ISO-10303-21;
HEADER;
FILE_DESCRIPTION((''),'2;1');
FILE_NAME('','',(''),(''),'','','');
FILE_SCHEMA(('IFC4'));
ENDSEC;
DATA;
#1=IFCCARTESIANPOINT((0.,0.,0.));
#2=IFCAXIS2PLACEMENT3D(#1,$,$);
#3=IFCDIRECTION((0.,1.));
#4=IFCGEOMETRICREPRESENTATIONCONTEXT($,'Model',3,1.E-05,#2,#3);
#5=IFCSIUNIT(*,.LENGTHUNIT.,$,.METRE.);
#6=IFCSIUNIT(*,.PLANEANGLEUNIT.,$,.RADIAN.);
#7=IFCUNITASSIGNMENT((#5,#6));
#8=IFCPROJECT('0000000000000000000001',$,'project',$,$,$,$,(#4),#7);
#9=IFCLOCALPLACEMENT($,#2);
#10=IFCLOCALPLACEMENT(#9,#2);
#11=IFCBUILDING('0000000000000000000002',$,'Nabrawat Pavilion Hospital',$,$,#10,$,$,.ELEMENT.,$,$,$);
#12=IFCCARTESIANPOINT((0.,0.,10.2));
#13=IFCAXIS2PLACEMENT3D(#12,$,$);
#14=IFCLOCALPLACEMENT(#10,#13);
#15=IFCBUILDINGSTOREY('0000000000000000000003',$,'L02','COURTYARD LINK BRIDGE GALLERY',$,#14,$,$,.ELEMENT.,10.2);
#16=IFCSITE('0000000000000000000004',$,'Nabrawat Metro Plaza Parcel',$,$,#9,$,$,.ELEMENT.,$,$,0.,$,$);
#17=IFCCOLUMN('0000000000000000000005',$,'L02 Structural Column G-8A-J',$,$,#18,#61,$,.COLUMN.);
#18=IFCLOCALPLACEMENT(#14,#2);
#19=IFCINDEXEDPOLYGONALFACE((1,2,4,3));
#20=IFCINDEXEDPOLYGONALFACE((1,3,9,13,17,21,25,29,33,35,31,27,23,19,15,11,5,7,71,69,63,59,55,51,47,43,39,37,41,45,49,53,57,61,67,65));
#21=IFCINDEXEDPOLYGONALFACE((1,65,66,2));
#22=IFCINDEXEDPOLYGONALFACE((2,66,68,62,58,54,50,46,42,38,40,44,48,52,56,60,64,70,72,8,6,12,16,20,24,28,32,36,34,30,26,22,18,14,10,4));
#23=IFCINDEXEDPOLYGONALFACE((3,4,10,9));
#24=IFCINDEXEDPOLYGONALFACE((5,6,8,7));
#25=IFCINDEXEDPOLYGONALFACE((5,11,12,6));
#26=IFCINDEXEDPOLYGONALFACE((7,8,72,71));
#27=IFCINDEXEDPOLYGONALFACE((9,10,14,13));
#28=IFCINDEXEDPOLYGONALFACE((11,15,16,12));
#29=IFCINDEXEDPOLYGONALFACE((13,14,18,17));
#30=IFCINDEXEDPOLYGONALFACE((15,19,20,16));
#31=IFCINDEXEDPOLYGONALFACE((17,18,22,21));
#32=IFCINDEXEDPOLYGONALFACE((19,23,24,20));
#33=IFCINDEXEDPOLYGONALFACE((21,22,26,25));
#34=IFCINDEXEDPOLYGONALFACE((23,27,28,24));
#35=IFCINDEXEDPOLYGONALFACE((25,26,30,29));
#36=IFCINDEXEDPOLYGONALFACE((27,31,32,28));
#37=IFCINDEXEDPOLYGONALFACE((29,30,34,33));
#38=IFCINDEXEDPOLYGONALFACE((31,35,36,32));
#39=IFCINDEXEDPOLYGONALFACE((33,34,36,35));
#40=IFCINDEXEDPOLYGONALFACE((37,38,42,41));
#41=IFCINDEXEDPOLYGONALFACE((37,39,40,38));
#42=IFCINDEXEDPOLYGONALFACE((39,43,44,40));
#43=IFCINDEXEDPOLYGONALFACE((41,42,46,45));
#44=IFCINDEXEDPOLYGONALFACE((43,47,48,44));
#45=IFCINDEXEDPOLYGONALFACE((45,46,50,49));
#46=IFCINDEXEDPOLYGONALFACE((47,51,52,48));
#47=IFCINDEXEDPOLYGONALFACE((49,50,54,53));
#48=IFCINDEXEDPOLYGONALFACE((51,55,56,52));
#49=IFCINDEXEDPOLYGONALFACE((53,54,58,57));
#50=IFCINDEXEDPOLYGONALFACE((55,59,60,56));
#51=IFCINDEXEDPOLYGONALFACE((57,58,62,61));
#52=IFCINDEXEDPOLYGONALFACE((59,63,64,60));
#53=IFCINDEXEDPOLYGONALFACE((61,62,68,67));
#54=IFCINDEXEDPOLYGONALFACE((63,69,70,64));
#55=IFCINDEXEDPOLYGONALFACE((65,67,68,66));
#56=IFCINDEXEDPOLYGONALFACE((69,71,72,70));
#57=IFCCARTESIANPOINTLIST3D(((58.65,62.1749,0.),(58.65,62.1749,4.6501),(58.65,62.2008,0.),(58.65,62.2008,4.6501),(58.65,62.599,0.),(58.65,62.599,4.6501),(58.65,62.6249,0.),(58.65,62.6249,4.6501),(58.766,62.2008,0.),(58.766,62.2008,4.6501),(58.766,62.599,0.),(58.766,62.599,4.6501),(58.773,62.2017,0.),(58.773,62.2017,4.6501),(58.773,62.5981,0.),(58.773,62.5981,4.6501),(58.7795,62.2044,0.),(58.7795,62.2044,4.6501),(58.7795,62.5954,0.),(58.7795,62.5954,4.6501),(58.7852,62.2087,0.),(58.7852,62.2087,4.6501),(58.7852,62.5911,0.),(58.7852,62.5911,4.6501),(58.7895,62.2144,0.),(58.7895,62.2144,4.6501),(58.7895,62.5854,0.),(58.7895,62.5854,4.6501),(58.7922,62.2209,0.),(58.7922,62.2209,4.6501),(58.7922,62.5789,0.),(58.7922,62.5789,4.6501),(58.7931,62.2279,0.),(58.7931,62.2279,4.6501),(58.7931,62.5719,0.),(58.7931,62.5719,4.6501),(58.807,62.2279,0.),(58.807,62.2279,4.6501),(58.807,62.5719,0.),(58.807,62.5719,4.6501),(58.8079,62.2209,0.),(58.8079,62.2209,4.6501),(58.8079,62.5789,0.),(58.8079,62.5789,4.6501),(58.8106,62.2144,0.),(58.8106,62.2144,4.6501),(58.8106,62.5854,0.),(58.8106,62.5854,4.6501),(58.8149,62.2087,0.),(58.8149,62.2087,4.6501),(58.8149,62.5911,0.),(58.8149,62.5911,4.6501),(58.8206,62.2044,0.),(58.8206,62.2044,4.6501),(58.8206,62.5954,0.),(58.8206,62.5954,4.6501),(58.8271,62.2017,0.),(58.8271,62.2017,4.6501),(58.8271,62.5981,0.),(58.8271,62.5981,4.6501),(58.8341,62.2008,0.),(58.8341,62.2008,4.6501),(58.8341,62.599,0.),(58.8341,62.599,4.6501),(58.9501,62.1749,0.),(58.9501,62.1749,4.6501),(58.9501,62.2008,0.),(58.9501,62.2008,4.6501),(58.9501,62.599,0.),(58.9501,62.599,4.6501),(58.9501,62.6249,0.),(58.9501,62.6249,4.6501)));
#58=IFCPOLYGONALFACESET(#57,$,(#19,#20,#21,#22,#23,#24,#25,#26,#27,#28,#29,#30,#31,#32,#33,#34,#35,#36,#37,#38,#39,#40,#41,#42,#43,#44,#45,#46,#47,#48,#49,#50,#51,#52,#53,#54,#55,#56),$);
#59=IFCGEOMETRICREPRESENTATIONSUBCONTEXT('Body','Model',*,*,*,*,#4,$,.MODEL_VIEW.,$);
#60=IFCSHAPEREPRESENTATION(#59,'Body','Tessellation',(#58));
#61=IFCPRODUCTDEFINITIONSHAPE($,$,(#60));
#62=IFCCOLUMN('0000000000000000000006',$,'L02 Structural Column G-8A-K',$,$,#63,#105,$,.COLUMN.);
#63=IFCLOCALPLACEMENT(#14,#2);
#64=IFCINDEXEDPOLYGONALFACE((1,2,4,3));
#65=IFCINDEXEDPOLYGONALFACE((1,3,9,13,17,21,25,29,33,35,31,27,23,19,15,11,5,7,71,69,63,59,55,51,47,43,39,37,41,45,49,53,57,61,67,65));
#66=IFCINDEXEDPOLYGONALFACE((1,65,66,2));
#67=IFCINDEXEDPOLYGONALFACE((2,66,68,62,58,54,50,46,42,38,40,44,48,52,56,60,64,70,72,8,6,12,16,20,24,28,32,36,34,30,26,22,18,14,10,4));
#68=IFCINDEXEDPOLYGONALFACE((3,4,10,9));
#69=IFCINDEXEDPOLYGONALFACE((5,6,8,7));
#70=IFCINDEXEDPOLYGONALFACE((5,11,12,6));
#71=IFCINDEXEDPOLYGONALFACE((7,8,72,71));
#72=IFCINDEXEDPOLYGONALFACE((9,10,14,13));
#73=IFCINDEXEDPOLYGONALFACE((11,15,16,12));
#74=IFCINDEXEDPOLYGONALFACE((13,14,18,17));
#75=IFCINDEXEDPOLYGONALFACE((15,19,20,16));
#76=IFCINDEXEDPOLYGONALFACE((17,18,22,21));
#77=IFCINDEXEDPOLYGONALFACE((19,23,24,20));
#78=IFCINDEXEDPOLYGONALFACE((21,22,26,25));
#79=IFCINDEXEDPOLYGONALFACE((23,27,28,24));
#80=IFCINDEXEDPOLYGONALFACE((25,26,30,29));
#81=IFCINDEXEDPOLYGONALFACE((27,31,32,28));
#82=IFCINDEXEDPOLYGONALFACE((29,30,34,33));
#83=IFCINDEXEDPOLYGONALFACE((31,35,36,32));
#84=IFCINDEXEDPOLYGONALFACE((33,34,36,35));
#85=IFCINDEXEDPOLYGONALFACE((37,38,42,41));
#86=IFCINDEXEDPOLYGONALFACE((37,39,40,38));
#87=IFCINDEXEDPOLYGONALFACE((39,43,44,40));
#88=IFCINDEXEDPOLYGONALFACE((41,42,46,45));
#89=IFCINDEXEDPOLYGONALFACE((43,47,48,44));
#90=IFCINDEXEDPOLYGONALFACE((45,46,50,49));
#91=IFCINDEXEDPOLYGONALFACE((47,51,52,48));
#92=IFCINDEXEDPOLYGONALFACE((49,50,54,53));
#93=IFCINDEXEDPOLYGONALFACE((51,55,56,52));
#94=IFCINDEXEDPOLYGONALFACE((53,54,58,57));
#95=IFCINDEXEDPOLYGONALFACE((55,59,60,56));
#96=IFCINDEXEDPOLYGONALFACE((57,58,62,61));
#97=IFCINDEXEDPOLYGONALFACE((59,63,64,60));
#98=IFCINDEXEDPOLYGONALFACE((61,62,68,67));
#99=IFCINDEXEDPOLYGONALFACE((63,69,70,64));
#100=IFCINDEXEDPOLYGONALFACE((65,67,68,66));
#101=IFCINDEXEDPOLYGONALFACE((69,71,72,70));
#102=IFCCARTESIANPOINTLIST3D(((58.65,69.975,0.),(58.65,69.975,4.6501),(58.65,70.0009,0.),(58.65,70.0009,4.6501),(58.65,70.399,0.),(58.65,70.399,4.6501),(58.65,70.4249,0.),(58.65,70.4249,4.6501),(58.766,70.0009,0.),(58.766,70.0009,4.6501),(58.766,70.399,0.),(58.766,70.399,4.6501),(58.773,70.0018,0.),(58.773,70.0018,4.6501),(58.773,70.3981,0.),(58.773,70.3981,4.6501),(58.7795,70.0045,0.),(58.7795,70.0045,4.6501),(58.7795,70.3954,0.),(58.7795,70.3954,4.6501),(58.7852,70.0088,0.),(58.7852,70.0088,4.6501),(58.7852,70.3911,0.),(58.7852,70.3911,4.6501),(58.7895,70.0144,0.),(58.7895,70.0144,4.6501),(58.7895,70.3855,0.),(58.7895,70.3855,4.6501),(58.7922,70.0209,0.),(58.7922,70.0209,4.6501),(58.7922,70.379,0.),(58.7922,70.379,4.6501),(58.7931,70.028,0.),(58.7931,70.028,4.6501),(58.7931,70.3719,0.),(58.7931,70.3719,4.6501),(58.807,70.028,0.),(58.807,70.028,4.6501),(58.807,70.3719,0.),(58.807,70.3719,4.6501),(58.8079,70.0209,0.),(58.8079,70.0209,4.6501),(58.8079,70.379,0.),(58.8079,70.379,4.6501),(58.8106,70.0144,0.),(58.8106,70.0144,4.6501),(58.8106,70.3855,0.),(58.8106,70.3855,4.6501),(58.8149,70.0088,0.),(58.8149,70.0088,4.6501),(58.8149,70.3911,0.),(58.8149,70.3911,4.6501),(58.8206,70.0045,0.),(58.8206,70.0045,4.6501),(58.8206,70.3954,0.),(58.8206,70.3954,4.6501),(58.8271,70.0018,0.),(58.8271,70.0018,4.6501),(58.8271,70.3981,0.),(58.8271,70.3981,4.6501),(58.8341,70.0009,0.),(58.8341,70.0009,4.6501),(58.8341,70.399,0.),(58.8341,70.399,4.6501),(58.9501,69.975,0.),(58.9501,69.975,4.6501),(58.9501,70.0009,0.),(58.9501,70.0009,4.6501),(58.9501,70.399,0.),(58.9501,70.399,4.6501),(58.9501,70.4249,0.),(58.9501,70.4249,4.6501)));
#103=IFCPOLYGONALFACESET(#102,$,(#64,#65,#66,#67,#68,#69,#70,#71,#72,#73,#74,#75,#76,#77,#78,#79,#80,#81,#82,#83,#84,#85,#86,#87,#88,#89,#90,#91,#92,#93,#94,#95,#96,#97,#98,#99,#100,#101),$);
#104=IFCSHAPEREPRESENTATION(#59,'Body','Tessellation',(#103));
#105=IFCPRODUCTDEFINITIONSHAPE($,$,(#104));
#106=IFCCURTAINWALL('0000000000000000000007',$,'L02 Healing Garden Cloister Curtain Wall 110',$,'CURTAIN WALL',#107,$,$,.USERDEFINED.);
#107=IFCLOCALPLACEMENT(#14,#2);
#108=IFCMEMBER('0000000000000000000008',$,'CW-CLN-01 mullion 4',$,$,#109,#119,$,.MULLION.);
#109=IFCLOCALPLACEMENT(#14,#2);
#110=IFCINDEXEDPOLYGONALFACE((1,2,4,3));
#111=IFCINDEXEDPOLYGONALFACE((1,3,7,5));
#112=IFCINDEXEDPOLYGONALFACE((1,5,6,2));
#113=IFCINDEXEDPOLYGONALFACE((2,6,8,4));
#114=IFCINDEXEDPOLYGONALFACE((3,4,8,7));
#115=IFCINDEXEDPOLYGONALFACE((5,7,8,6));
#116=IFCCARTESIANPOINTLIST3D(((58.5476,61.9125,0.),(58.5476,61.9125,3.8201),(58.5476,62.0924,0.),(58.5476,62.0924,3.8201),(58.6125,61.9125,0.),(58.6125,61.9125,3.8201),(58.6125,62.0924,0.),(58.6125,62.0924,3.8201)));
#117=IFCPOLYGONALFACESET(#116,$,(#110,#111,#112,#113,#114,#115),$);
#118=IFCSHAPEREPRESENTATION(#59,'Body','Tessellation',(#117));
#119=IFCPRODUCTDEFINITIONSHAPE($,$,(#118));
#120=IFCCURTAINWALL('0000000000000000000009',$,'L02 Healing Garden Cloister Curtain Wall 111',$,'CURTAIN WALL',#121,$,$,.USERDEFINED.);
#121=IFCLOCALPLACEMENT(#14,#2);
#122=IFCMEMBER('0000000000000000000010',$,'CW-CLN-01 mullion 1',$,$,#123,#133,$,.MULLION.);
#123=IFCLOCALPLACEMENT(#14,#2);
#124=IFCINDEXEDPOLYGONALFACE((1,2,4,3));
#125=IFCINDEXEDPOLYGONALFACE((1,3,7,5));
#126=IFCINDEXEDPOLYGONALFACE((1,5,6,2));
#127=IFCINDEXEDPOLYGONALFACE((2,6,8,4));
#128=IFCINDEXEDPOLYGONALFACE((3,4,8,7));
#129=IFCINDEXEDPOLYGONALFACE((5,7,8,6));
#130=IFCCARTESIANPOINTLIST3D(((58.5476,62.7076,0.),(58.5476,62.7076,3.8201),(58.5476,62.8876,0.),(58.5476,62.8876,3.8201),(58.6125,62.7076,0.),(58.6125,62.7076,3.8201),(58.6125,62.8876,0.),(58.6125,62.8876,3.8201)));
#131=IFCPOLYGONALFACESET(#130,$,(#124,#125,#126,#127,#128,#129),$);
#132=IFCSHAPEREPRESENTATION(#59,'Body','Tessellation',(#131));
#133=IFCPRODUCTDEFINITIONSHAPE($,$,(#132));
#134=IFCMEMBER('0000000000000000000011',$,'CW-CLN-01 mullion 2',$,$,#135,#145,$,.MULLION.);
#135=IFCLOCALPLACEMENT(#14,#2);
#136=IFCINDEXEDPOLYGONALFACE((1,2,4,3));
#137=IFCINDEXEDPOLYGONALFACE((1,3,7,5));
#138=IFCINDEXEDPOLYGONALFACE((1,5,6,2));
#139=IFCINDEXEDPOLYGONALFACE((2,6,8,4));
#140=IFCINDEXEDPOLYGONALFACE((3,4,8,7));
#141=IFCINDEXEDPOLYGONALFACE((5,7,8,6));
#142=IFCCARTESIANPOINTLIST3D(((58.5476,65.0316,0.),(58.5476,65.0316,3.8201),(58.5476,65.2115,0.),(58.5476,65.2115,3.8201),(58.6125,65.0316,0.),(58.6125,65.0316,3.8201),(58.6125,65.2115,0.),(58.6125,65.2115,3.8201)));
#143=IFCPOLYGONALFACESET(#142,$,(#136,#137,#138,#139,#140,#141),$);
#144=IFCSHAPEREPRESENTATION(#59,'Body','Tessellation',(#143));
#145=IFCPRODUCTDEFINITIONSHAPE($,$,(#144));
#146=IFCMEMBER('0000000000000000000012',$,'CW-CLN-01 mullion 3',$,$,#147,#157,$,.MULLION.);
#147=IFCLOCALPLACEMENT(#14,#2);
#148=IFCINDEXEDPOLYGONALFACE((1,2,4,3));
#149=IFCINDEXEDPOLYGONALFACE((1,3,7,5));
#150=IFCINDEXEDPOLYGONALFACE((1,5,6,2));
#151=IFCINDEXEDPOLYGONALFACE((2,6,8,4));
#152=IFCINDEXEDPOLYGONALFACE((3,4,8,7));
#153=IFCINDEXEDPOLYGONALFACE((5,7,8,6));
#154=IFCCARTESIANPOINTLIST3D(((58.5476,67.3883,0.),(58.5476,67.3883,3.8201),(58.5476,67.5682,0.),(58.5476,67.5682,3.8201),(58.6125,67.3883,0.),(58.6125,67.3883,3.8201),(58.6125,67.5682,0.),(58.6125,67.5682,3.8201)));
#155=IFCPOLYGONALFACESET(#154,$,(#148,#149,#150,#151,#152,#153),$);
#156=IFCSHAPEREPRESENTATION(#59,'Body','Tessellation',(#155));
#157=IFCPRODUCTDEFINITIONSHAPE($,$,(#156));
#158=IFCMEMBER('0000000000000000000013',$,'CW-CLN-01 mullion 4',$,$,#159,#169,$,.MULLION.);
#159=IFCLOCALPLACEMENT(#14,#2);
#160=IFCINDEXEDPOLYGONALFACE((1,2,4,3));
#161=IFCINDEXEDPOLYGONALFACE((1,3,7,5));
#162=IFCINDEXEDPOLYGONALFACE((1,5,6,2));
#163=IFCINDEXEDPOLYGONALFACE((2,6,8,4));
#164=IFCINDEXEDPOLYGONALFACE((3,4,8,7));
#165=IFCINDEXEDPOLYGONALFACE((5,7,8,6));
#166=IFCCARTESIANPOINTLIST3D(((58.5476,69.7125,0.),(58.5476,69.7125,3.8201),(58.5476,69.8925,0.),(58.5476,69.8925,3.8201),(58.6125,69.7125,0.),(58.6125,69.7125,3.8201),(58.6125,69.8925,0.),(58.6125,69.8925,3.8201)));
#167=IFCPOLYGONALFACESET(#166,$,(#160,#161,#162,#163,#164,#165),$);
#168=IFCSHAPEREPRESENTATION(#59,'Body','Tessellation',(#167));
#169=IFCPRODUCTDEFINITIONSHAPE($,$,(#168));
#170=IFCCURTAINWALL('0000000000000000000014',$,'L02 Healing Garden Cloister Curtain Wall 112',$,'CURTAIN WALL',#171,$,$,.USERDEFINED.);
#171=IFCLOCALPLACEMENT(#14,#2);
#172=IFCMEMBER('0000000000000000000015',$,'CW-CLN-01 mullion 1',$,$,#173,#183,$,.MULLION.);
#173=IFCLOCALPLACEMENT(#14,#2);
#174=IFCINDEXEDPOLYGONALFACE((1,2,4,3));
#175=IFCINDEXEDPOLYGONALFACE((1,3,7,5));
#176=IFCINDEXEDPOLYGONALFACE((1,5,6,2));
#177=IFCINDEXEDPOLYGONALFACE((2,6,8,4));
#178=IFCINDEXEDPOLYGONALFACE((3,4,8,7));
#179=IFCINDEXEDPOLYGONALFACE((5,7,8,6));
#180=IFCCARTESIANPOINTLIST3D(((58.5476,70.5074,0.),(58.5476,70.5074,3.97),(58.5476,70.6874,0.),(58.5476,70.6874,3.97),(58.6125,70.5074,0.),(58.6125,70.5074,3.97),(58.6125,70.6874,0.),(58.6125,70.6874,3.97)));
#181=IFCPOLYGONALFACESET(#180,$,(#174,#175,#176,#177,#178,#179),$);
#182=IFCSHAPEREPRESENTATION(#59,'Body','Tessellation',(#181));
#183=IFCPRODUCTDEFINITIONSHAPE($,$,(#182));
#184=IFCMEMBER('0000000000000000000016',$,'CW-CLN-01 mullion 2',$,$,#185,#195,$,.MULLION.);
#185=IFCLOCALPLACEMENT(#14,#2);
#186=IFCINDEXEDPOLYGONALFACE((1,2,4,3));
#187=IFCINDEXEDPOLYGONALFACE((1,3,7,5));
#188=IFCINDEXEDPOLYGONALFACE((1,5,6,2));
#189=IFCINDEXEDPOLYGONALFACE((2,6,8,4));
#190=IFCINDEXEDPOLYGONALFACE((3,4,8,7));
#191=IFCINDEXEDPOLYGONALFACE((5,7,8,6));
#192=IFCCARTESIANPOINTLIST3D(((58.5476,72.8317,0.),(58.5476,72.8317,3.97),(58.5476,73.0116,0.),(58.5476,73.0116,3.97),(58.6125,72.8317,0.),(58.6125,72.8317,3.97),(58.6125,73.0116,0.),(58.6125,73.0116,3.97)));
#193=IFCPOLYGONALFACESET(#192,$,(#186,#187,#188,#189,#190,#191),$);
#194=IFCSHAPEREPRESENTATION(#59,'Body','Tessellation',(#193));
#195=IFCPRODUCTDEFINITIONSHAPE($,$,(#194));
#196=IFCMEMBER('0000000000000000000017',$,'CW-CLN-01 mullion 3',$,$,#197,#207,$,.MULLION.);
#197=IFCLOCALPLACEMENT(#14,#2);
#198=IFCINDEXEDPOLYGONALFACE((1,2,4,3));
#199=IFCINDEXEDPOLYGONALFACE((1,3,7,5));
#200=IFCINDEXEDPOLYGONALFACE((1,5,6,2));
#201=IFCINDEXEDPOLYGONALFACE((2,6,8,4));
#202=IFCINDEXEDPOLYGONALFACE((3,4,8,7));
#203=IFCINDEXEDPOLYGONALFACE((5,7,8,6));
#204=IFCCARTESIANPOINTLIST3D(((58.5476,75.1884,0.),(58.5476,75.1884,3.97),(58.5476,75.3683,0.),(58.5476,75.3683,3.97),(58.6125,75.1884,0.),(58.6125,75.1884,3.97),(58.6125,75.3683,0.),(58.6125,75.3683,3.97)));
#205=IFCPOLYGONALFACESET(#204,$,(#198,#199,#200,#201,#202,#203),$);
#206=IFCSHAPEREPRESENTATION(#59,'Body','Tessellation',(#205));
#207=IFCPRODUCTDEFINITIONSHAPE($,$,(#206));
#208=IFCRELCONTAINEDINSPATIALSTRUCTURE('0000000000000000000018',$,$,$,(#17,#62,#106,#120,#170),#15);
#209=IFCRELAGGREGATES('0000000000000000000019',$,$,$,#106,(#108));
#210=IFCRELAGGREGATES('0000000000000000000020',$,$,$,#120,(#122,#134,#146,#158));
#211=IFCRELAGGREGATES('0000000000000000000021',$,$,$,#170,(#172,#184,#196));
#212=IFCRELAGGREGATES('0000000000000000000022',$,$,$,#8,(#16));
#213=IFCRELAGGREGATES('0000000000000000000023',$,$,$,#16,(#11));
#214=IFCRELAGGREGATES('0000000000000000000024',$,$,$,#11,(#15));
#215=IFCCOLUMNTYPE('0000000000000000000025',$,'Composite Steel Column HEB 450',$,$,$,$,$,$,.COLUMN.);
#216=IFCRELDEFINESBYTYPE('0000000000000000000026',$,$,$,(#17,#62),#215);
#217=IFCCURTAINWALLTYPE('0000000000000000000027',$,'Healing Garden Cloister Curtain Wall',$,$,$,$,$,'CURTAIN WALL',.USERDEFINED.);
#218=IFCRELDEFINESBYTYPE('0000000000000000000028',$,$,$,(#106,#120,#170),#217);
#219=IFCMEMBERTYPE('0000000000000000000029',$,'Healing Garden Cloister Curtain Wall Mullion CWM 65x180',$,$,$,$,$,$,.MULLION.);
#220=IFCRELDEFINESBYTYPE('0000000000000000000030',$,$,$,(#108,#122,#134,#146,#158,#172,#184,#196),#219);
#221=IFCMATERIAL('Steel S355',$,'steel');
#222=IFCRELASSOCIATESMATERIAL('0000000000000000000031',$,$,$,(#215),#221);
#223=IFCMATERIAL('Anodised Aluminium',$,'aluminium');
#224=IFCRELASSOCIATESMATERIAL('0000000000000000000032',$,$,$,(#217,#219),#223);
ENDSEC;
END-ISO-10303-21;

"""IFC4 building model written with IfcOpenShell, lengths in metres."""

from ifc_helpers import new_model, si_unit, direction, frame, origin, origin_2d, place, context, subcontext, project, spatial, rectangle, i_section, extrude, material, material_profile, profile_set, type_object, element, aggregate, save


model = new_model("IFC4")

# Units and contexts
model_context = context("Model", 3, precision=1e-05, world=origin(), true_north=direction((0.0, 1.0)))
body_context = subcontext(model_context, "Body", "Model", "MODEL_VIEW")
ifc_project = project(units=[si_unit("LENGTHUNIT", "METRE"), si_unit("PLANEANGLEUNIT", "RADIAN")], contexts=[model_context])

# Site, building, storey
site_placement = place(None, origin())
site = spatial("IfcSite", under=ifc_project, at=site_placement, Name="Nabrawat Metro Plaza Parcel", CompositionType="ELEMENT", RefElevation=0.0)
building_placement = place(site_placement, origin())
building = spatial("IfcBuilding", under=site, at=building_placement, Name="Nabrawat Pavilion Hospital", CompositionType="ELEMENT")
storey_placement = place(building_placement, frame((0.0, 0.0, 10.2)))
storey = spatial("IfcBuildingStorey", under=building, at=storey_placement, Name="L02", Description="COURTYARD LINK BRIDGE GALLERY", CompositionType="ELEMENT", Elevation=10.2)

# Columns
ifc_material_1 = material(Name="Steel S355", Category="steel")
ifc_material_profile_1 = material_profile(ifc_material_1, i_section(OverallWidth=0.3, OverallDepth=0.45, WebThickness=0.0139, FlangeThickness=0.0259, FilletRadius=0.0271, at=origin_2d()), Name="HEB 450")
ifc_profile_set_1 = profile_set([ifc_material_profile_1], Name="Steel S355")
column_type = type_object("IfcColumnType", Name="Composite Steel Column HEB 450", PredefinedType="COLUMN", material=ifc_profile_set_1)
for number, where, z_axis, x_axis, name in (
    (1, (58.8, 62.3999, 0.0), (0.0, 0.0, 1.0), (1.0, 0.0, 0.0), "L02 Structural Column G-8A-J"),
    (2, (58.8, 70.2, 0.0), (0.0, 0.0, 1.0), (1.0, 0.0, 0.0), "L02 Structural Column G-8A-K"),
):
    element("IfcColumn", number, at=place(storey_placement, frame(where, z_axis=z_axis, x_axis=x_axis)), inside=storey, type_object=column_type, Name=name, PredefinedType="COLUMN", context=body_context, shape_type="SweptSolid", body=[
        extrude(i_section(OverallWidth=0.3, OverallDepth=0.45, WebThickness=0.0139, FlangeThickness=0.0259, FilletRadius=0.0271, at=origin_2d()), origin(), (0.0, 0.0, 1.0), 4.6501),
    ])

# Curtain wall, member
ifc_material_2 = material(Name="Anodised Aluminium", Category="aluminium")
curtain_wall_type = type_object("IfcCurtainWallType", Name="Healing Garden Cloister Curtain Wall", ElementType="CURTAIN WALL", PredefinedType="USERDEFINED", material=ifc_material_2)
curtain_wall_1_placement = place(storey_placement, origin())
curtain_wall_1 = element("IfcCurtainWall", 3, at=curtain_wall_1_placement, inside=storey, type_object=curtain_wall_type, Name="L02 Healing Garden Cloister Curtain Wall 110", ObjectType="CURTAIN WALL", PredefinedType="USERDEFINED")
ifc_material_profile_2 = material_profile(ifc_material_2, rectangle(XDim=0.0649, YDim=0.1799, at=origin_2d()), Name="CWM 65x180")
ifc_profile_set_2 = profile_set([ifc_material_profile_2], Name="Anodised Aluminium")
member_type_1 = type_object("IfcMemberType", Name="Healing Garden Cloister Curtain Wall Mullion CWM 65x180", PredefinedType="MULLION", material=ifc_profile_set_2)
member_1_placement = place(storey_placement, frame((58.5801, 62.0024, 0.0), z_axis=(0.0, 0.0, 1.0), x_axis=(-1.0, 0.0, 0.0)))
member_1 = element("IfcMember", 4, at=member_1_placement, type_object=member_type_1, Name="CW-CLN-01 mullion 4", PredefinedType="MULLION", context=body_context, shape_type="SweptSolid", body=[
    extrude(rectangle(XDim=0.0649, YDim=0.1799, at=origin_2d()), origin(), (0.0, 0.0, 1.0), 3.8201),
])

# Curtain walls, members
curtain_wall_2_placement = place(storey_placement, origin())
curtain_wall_2 = element("IfcCurtainWall", 5, at=curtain_wall_2_placement, inside=storey, type_object=curtain_wall_type, Name="L02 Healing Garden Cloister Curtain Wall 111", ObjectType="CURTAIN WALL", PredefinedType="USERDEFINED")
member_2_placement = place(storey_placement, frame((58.5801, 62.7976, 0.0), z_axis=(0.0, 0.0, 1.0), x_axis=(-1.0, 0.0, 0.0)))
member_2 = element("IfcMember", 6, at=member_2_placement, type_object=member_type_1, Name="CW-CLN-01 mullion 1", PredefinedType="MULLION", context=body_context, shape_type="SweptSolid", body=[
    extrude(rectangle(XDim=0.0649, YDim=0.1799, at=origin_2d()), origin(), (0.0, 0.0, 1.0), 3.8201),
])
member_3_placement = place(storey_placement, frame((58.5801, 65.1216, 0.0), z_axis=(0.0, 0.0, 1.0), x_axis=(-1.0, 0.0, 0.0)))
member_3 = element("IfcMember", 7, at=member_3_placement, type_object=member_type_1, Name="CW-CLN-01 mullion 2", PredefinedType="MULLION", context=body_context, shape_type="SweptSolid", body=[
    extrude(rectangle(XDim=0.0649, YDim=0.1799, at=origin_2d()), origin(), (0.0, 0.0, 1.0), 3.8201),
])
member_4_placement = place(storey_placement, frame((58.5801, 67.4783, 0.0), z_axis=(0.0, 0.0, 1.0), x_axis=(-1.0, 0.0, 0.0)))
member_4 = element("IfcMember", 8, at=member_4_placement, type_object=member_type_1, Name="CW-CLN-01 mullion 3", PredefinedType="MULLION", context=body_context, shape_type="SweptSolid", body=[
    extrude(rectangle(XDim=0.0649, YDim=0.1799, at=origin_2d()), origin(), (0.0, 0.0, 1.0), 3.8201),
])
member_5_placement = place(storey_placement, frame((58.5801, 69.8025, 0.0), z_axis=(0.0, 0.0, 1.0), x_axis=(-1.0, 0.0, 0.0)))
member_5 = element("IfcMember", 9, at=member_5_placement, type_object=member_type_1, Name="CW-CLN-01 mullion 4", PredefinedType="MULLION", context=body_context, shape_type="SweptSolid", body=[
    extrude(rectangle(XDim=0.0649, YDim=0.1799, at=origin_2d()), origin(), (0.0, 0.0, 1.0), 3.8201),
])
curtain_wall_3_placement = place(storey_placement, origin())
curtain_wall_3 = element("IfcCurtainWall", 10, at=curtain_wall_3_placement, inside=storey, type_object=curtain_wall_type, Name="L02 Healing Garden Cloister Curtain Wall 112", ObjectType="CURTAIN WALL", PredefinedType="USERDEFINED")
member_6_placement = place(storey_placement, frame((58.5801, 70.5974, 0.0), z_axis=(0.0, 0.0, 1.0), x_axis=(-1.0, 0.0, 0.0)))
member_6 = element("IfcMember", 11, at=member_6_placement, type_object=member_type_1, Name="CW-CLN-01 mullion 1", PredefinedType="MULLION", context=body_context, shape_type="SweptSolid", body=[
    extrude(rectangle(XDim=0.0649, YDim=0.1799, at=origin_2d()), origin(), (0.0, 0.0, 1.0), 3.97),
])
member_7_placement = place(storey_placement, frame((58.5801, 72.9216, 0.0), z_axis=(0.0, 0.0, 1.0), x_axis=(-1.0, 0.0, 0.0)))
member_7 = element("IfcMember", 12, at=member_7_placement, type_object=member_type_1, Name="CW-CLN-01 mullion 2", PredefinedType="MULLION", context=body_context, shape_type="SweptSolid", body=[
    extrude(rectangle(XDim=0.0649, YDim=0.1799, at=origin_2d()), origin(), (0.0, 0.0, 1.0), 3.97),
])
member_8_placement = place(storey_placement, frame((58.5801, 75.2783, 0.0), z_axis=(0.0, 0.0, 1.0), x_axis=(-1.0, 0.0, 0.0)))
member_8 = element("IfcMember", 13, at=member_8_placement, type_object=member_type_1, Name="CW-CLN-01 mullion 3", PredefinedType="MULLION", context=body_context, shape_type="SweptSolid", body=[
    extrude(rectangle(XDim=0.0649, YDim=0.1799, at=origin_2d()), origin(), (0.0, 0.0, 1.0), 3.97),
])

aggregate(curtain_wall_1, [member_1])
aggregate(curtain_wall_2, [member_2, member_3, member_4, member_5])
aggregate(curtain_wall_3, [member_6, member_7, member_8])

save(model, "model.ifc")
